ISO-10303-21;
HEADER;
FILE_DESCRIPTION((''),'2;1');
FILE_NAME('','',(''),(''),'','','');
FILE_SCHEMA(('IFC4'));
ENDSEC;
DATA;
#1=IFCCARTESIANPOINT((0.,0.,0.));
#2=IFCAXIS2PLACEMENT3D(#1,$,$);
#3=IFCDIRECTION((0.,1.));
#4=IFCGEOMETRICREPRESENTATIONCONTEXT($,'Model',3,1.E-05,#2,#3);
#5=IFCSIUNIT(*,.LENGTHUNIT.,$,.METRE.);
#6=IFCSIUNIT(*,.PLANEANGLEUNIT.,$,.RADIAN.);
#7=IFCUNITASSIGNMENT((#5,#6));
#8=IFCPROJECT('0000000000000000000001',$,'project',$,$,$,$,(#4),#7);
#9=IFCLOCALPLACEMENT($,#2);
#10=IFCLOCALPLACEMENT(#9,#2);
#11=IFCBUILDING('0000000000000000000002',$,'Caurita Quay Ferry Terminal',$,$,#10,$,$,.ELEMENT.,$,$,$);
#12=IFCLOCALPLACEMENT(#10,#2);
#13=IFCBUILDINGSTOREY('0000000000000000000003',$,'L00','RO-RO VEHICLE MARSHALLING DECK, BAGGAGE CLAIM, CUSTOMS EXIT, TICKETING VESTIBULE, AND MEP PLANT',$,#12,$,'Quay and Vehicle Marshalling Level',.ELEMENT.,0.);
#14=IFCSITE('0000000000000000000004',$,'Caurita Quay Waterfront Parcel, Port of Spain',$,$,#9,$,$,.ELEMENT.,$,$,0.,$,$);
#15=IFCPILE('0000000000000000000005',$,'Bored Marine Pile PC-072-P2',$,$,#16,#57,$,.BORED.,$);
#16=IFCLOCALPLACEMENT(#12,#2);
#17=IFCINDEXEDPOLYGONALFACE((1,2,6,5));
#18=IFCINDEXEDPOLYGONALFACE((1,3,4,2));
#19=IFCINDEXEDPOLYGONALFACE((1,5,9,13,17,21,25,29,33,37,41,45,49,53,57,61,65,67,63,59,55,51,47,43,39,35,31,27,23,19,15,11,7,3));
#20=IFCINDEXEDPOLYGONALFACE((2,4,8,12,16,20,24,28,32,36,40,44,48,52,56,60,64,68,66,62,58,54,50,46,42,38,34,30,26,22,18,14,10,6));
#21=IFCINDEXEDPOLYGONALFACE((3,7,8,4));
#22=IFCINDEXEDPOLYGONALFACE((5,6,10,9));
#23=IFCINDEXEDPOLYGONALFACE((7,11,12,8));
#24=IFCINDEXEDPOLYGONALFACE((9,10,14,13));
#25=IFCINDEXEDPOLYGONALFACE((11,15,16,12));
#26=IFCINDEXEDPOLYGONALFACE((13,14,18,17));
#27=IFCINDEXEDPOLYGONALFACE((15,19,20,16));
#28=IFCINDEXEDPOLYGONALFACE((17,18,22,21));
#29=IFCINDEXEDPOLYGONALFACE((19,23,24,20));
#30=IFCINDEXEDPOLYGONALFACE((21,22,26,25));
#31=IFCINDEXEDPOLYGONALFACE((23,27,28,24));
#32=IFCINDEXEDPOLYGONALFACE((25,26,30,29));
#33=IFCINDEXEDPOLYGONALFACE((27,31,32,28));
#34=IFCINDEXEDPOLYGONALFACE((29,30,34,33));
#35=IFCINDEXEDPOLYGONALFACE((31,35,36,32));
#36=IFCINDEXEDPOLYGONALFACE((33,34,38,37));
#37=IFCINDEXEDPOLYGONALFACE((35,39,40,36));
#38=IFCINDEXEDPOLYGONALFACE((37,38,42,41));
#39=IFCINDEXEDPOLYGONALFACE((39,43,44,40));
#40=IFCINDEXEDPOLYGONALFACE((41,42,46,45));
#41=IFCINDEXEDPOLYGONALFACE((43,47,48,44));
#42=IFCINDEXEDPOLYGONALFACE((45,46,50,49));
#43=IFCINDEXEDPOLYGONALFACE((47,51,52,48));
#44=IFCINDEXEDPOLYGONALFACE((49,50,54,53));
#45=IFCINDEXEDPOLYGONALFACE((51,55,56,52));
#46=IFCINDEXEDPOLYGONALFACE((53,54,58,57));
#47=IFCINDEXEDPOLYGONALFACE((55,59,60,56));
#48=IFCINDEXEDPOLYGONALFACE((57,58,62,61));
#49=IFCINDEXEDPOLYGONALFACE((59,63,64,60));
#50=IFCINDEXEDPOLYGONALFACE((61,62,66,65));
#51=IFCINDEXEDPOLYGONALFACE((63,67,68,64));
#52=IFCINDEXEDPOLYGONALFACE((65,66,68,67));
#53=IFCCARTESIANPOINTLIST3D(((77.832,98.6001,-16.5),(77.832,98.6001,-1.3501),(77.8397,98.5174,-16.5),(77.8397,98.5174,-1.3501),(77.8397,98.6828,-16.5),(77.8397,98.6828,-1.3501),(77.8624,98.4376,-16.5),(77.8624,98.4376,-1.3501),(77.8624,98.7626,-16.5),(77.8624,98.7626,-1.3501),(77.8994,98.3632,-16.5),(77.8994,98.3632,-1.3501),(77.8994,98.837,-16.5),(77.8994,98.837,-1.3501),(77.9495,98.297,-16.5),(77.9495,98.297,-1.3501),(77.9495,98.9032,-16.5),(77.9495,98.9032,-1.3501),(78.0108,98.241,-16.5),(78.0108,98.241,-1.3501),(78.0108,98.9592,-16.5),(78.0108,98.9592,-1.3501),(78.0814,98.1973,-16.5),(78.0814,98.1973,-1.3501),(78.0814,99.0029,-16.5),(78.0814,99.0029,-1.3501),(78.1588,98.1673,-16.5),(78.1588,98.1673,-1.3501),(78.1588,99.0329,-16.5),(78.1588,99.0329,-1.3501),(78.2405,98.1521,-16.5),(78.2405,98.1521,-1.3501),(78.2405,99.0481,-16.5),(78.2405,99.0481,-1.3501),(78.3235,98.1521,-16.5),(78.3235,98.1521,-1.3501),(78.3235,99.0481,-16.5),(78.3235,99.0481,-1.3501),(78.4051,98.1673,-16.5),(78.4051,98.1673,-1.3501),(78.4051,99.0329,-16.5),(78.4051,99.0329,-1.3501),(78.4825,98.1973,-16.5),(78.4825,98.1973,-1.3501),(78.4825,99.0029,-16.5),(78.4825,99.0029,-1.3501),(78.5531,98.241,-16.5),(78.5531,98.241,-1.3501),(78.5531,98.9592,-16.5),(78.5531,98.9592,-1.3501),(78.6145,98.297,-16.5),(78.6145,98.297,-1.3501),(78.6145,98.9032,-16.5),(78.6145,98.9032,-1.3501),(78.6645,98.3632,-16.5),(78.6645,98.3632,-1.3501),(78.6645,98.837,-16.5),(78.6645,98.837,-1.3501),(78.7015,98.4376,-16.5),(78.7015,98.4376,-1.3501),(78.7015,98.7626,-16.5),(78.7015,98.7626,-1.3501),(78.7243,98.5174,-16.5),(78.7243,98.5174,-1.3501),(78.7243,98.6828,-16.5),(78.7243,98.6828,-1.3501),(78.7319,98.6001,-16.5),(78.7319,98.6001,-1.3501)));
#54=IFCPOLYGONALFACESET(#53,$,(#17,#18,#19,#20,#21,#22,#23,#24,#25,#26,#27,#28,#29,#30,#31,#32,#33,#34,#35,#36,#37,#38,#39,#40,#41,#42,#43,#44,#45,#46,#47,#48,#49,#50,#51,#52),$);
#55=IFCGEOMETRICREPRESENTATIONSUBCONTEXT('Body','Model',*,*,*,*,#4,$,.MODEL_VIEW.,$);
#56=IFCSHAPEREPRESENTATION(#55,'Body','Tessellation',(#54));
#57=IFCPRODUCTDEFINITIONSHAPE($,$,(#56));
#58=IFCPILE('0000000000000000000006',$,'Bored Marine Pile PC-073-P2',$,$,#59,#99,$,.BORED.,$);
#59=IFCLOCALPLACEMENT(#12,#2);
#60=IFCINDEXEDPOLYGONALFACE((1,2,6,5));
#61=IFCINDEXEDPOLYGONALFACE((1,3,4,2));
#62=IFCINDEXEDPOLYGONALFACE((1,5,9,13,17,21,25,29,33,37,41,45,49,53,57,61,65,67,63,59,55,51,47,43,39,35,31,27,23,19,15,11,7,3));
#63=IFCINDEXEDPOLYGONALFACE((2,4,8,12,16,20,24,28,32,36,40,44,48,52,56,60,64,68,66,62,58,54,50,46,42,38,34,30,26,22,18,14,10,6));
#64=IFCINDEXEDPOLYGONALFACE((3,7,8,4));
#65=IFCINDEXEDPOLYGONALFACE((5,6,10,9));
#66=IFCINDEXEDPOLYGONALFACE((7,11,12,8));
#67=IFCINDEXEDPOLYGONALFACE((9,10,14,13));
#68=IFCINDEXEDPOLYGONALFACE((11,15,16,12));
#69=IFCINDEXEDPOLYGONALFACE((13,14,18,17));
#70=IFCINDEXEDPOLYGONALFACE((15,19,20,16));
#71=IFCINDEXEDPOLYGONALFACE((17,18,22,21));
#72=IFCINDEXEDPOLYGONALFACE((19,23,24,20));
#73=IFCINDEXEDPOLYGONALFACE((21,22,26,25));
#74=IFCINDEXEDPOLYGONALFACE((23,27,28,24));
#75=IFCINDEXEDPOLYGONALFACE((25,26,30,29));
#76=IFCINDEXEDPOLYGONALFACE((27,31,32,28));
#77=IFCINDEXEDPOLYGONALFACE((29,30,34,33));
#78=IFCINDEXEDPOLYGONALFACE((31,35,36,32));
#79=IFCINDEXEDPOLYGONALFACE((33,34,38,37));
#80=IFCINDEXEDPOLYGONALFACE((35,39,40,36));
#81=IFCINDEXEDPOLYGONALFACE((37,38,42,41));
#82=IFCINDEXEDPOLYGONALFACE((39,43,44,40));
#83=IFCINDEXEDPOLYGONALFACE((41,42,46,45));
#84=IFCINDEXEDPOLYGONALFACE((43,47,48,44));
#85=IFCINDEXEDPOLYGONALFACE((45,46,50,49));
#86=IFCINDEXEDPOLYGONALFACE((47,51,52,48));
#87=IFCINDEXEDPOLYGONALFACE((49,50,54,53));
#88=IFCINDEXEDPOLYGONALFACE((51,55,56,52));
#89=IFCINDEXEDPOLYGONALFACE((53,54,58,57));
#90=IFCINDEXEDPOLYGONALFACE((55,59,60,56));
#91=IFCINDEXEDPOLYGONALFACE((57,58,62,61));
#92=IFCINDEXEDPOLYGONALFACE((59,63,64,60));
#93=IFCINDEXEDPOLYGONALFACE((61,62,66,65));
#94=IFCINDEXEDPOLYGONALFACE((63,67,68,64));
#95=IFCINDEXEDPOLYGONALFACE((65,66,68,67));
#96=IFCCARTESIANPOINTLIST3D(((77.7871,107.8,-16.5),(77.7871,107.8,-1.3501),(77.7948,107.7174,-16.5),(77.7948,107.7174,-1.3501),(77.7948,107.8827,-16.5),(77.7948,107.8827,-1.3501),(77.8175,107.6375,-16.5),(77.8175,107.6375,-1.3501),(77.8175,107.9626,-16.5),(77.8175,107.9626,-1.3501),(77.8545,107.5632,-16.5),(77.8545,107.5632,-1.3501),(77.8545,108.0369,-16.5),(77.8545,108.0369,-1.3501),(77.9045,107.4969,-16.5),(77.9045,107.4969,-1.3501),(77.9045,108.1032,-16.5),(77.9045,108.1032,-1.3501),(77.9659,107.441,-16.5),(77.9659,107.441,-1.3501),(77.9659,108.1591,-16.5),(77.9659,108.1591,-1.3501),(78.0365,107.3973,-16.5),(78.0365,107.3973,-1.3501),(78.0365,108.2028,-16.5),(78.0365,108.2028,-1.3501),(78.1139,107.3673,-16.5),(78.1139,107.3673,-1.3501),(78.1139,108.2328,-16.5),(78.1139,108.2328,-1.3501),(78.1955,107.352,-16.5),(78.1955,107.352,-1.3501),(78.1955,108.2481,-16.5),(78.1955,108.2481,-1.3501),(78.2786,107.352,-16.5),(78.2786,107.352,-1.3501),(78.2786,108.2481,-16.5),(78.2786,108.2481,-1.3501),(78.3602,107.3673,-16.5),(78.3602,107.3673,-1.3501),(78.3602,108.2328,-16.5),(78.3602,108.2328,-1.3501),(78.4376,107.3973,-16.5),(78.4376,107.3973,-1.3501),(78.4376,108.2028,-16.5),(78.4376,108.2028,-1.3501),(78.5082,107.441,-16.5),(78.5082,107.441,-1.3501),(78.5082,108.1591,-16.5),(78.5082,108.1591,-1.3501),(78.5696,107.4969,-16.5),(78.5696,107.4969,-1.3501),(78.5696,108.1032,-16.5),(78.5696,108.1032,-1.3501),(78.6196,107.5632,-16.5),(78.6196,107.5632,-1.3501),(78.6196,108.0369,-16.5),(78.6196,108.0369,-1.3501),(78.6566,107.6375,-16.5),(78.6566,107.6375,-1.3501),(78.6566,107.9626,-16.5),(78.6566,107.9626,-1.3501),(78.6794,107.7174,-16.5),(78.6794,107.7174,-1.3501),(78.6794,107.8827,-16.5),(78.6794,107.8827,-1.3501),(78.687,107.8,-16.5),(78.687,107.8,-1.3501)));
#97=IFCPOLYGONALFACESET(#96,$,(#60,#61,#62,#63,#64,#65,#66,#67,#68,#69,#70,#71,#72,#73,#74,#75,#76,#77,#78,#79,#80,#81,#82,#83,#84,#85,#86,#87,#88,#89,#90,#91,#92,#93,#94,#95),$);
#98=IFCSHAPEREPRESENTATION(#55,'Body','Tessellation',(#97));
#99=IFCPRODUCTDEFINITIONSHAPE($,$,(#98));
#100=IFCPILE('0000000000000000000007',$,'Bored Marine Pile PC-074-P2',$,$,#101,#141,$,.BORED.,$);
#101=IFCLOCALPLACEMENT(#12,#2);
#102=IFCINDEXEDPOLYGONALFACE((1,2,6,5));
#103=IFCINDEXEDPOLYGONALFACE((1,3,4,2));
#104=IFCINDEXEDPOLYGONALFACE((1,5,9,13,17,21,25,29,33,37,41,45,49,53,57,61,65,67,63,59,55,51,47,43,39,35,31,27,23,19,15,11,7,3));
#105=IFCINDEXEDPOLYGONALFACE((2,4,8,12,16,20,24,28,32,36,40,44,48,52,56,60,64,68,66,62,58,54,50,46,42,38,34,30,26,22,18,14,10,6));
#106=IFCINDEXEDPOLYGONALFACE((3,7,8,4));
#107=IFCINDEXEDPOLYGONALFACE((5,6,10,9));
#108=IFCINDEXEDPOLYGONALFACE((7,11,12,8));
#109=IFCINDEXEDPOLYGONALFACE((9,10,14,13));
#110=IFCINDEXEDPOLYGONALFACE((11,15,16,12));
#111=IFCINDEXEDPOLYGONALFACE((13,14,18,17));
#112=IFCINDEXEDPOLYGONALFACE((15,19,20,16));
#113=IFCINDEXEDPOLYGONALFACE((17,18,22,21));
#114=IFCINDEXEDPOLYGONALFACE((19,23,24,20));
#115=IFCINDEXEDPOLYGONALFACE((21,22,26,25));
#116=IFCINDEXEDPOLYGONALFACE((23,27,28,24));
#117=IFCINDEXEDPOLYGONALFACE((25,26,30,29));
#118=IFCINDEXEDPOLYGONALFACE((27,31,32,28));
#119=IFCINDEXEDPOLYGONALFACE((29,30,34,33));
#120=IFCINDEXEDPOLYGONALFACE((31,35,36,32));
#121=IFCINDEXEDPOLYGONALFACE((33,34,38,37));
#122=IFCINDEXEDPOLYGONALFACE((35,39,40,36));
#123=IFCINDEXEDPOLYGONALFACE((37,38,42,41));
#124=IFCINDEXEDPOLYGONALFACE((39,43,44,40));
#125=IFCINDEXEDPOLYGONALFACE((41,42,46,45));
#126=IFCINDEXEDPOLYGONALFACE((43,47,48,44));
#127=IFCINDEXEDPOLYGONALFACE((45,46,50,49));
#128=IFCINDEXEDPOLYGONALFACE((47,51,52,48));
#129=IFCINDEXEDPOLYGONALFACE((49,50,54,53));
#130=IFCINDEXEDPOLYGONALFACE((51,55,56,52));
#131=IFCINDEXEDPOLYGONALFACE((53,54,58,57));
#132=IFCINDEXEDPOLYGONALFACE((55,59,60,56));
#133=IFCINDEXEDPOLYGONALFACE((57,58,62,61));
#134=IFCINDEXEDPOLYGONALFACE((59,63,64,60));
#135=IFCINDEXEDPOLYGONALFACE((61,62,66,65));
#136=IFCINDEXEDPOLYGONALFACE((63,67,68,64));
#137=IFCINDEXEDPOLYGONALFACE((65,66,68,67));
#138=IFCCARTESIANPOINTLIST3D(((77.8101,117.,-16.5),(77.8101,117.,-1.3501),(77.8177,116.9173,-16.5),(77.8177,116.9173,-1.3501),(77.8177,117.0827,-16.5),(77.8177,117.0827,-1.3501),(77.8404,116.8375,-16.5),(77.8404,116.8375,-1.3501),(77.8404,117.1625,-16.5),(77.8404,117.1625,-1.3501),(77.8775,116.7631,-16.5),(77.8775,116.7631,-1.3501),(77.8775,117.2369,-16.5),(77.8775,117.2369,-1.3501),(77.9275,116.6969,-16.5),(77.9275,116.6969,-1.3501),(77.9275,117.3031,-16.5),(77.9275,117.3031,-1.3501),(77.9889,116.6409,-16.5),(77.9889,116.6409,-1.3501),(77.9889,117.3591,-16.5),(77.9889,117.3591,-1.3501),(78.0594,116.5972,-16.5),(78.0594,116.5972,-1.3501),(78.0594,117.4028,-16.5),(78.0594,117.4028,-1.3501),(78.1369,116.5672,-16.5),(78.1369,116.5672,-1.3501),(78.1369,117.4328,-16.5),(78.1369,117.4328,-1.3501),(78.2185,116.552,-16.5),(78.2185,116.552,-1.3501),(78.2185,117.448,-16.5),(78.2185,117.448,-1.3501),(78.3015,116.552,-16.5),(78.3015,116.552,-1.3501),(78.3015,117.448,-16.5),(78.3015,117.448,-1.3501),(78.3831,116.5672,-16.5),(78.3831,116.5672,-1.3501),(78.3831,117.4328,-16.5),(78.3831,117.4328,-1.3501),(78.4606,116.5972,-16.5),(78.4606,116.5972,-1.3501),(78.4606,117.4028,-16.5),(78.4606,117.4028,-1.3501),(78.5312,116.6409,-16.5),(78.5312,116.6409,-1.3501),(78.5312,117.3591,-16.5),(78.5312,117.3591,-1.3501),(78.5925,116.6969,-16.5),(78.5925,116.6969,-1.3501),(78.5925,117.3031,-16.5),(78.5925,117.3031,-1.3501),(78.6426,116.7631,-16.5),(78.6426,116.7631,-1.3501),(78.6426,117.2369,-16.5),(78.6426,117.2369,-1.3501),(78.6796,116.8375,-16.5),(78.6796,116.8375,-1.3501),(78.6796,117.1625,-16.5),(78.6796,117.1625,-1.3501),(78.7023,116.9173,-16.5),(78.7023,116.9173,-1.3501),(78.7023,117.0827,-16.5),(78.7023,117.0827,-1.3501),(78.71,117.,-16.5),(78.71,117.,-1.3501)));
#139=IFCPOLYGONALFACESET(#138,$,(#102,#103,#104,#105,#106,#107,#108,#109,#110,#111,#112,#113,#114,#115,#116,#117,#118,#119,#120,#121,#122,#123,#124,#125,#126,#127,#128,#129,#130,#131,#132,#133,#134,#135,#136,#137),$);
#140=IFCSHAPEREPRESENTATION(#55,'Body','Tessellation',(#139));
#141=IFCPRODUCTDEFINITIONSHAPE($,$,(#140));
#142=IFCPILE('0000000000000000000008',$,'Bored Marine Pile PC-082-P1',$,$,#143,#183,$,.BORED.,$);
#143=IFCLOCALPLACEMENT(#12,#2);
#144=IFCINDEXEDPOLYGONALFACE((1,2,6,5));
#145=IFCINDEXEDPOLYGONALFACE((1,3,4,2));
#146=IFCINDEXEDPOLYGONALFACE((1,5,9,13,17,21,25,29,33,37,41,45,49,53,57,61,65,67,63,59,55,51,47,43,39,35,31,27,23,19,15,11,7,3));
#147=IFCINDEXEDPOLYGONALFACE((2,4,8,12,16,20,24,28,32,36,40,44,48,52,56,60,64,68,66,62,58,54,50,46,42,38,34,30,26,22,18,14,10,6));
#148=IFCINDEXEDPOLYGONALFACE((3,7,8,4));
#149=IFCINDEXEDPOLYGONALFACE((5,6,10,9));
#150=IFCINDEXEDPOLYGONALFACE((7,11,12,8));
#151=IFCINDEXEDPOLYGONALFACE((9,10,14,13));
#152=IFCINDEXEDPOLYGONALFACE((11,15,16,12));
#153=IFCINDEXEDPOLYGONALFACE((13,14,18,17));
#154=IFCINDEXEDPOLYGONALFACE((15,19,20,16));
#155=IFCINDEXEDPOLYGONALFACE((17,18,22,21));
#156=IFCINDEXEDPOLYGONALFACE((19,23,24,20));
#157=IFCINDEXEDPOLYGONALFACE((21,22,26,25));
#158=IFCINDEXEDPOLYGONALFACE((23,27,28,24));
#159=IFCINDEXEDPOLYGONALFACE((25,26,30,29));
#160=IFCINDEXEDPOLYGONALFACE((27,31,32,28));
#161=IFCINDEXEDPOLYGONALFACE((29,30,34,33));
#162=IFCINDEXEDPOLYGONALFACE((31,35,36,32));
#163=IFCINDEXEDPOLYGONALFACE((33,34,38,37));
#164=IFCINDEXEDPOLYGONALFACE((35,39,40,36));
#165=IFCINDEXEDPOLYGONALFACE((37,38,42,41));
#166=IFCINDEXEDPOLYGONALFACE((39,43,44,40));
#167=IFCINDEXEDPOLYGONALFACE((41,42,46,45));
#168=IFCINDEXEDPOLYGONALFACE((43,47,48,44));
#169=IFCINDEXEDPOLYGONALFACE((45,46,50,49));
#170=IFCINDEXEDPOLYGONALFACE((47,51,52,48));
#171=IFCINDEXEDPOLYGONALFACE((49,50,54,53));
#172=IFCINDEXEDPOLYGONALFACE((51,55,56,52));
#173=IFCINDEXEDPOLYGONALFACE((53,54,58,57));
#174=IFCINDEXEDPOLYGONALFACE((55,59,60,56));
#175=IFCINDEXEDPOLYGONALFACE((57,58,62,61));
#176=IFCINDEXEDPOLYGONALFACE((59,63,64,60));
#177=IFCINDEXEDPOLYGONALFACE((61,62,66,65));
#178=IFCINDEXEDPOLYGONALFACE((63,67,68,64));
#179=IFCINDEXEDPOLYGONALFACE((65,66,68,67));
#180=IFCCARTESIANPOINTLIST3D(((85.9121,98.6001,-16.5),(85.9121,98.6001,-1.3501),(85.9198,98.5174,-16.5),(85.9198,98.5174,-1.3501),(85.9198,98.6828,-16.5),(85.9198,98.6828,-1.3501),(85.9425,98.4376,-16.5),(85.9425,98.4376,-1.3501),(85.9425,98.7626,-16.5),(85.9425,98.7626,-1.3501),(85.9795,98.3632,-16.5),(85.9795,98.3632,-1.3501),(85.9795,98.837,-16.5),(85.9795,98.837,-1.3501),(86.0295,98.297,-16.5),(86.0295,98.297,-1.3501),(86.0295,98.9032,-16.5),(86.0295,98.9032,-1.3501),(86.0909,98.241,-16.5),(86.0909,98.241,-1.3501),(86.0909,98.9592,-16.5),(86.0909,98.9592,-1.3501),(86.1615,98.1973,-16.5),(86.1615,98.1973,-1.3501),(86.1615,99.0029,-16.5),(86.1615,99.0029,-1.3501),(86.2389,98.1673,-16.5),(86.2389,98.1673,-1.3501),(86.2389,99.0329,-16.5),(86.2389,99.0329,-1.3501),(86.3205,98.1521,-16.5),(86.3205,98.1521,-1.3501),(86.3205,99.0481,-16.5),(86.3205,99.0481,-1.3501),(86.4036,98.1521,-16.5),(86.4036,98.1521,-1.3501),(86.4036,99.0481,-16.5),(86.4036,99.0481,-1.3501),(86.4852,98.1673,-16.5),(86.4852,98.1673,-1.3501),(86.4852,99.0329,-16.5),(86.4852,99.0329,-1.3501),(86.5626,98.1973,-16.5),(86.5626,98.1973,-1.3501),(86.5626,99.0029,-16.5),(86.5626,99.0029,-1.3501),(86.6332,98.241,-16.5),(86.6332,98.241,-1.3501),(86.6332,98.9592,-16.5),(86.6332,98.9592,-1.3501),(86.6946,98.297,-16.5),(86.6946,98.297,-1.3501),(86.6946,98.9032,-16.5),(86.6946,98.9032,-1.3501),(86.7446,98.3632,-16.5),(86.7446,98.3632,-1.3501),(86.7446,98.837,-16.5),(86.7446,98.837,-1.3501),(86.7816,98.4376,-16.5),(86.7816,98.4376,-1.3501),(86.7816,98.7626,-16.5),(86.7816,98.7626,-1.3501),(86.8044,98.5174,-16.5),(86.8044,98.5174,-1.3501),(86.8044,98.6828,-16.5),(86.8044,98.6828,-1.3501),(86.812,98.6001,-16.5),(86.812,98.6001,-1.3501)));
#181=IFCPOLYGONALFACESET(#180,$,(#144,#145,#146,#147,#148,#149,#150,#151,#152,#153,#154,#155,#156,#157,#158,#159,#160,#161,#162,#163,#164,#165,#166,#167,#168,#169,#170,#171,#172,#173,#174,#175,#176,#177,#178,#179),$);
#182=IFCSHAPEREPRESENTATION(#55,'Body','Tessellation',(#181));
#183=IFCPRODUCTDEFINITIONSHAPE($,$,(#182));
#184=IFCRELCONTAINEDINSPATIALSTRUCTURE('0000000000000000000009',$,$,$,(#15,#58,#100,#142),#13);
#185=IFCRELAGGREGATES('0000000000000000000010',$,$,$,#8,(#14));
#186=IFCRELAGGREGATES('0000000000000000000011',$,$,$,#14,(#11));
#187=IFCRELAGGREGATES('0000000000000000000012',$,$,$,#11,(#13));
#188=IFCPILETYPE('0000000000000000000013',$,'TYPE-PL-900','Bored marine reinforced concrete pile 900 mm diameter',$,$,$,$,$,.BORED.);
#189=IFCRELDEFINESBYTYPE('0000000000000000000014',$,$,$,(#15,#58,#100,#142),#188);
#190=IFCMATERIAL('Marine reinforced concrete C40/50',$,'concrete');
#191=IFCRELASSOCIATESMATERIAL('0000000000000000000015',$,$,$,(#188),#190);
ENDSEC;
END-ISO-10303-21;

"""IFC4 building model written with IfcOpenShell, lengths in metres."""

from ifc_helpers import new_model, si_unit, direction, frame, origin, origin_2d, place, context, subcontext, project, spatial, circle, extrude, material, material_profile, profile_set, type_object, element, save


model = new_model("IFC4")

# Units and contexts
model_context = context("Model", 3, precision=1e-05, world=origin(), true_north=direction((0.0, 1.0)))
body_context = subcontext(model_context, "Body", "Model", "MODEL_VIEW")
ifc_project = project(units=[si_unit("LENGTHUNIT", "METRE"), si_unit("PLANEANGLEUNIT", "RADIAN")], contexts=[model_context])

# Site, building, storey
site_placement = place(None, origin())
site = spatial("IfcSite", under=ifc_project, at=site_placement, Name="Caurita Quay Waterfront Parcel, Port of Spain", CompositionType="ELEMENT", RefElevation=0.0)
building_placement = place(site_placement, origin())
building = spatial("IfcBuilding", under=site, at=building_placement, Name="Caurita Quay Ferry Terminal", CompositionType="ELEMENT")
storey_placement = place(building_placement, origin())
storey = spatial("IfcBuildingStorey", under=building, at=storey_placement, Name="L00", Description="RO-RO VEHICLE MARSHALLING DECK, BAGGAGE CLAIM, CUSTOMS EXIT, TICKETING VESTIBULE, AND MEP PLANT", LongName="Quay and Vehicle Marshalling Level", CompositionType="ELEMENT", Elevation=0.0)

# Piles
ifc_material_1 = material(Name="Marine reinforced concrete C40/50", Category="concrete")
ifc_material_profile_1 = material_profile(ifc_material_1, circle(Radius=0.45, at=origin_2d()), Name="PILE-D900")
ifc_profile_set_1 = profile_set([ifc_material_profile_1], Name="Marine reinforced concrete C40/50")
pile_type = type_object("IfcPileType", Name="TYPE-PL-900", Description="Bored marine reinforced concrete pile 900 mm diameter", PredefinedType="BORED", material=ifc_profile_set_1)
for number, where, z_axis, x_axis, name in (
    (1, (78.282, 98.6001, -1.3501), (0.0, 0.0, -1.0), (1.0, 0.0, 0.0), "Bored Marine Pile PC-072-P2"),
    (2, (78.2371, 107.8, -1.3501), (0.0, 0.0, -1.0), (1.0, 0.0, 0.0), "Bored Marine Pile PC-073-P2"),
    (3, (78.26, 117.0, -1.3501), (0.0, 0.0, -1.0), (1.0, 0.0, 0.0), "Bored Marine Pile PC-074-P2"),
    (4, (86.3621, 98.6001, -1.3501), (0.0, 0.0, -1.0), (1.0, 0.0, 0.0), "Bored Marine Pile PC-082-P1"),
):
    element("IfcPile", number, at=place(storey_placement, frame(where, z_axis=z_axis, x_axis=x_axis)), inside=storey, type_object=pile_type, Name=name, PredefinedType="BORED", context=body_context, shape_type="SweptSolid", body=[
        extrude(circle(Radius=0.45, at=origin_2d()), origin(), (0.0, 0.0, 1.0), 15.1499),
    ])

save(model, "model.ifc")
